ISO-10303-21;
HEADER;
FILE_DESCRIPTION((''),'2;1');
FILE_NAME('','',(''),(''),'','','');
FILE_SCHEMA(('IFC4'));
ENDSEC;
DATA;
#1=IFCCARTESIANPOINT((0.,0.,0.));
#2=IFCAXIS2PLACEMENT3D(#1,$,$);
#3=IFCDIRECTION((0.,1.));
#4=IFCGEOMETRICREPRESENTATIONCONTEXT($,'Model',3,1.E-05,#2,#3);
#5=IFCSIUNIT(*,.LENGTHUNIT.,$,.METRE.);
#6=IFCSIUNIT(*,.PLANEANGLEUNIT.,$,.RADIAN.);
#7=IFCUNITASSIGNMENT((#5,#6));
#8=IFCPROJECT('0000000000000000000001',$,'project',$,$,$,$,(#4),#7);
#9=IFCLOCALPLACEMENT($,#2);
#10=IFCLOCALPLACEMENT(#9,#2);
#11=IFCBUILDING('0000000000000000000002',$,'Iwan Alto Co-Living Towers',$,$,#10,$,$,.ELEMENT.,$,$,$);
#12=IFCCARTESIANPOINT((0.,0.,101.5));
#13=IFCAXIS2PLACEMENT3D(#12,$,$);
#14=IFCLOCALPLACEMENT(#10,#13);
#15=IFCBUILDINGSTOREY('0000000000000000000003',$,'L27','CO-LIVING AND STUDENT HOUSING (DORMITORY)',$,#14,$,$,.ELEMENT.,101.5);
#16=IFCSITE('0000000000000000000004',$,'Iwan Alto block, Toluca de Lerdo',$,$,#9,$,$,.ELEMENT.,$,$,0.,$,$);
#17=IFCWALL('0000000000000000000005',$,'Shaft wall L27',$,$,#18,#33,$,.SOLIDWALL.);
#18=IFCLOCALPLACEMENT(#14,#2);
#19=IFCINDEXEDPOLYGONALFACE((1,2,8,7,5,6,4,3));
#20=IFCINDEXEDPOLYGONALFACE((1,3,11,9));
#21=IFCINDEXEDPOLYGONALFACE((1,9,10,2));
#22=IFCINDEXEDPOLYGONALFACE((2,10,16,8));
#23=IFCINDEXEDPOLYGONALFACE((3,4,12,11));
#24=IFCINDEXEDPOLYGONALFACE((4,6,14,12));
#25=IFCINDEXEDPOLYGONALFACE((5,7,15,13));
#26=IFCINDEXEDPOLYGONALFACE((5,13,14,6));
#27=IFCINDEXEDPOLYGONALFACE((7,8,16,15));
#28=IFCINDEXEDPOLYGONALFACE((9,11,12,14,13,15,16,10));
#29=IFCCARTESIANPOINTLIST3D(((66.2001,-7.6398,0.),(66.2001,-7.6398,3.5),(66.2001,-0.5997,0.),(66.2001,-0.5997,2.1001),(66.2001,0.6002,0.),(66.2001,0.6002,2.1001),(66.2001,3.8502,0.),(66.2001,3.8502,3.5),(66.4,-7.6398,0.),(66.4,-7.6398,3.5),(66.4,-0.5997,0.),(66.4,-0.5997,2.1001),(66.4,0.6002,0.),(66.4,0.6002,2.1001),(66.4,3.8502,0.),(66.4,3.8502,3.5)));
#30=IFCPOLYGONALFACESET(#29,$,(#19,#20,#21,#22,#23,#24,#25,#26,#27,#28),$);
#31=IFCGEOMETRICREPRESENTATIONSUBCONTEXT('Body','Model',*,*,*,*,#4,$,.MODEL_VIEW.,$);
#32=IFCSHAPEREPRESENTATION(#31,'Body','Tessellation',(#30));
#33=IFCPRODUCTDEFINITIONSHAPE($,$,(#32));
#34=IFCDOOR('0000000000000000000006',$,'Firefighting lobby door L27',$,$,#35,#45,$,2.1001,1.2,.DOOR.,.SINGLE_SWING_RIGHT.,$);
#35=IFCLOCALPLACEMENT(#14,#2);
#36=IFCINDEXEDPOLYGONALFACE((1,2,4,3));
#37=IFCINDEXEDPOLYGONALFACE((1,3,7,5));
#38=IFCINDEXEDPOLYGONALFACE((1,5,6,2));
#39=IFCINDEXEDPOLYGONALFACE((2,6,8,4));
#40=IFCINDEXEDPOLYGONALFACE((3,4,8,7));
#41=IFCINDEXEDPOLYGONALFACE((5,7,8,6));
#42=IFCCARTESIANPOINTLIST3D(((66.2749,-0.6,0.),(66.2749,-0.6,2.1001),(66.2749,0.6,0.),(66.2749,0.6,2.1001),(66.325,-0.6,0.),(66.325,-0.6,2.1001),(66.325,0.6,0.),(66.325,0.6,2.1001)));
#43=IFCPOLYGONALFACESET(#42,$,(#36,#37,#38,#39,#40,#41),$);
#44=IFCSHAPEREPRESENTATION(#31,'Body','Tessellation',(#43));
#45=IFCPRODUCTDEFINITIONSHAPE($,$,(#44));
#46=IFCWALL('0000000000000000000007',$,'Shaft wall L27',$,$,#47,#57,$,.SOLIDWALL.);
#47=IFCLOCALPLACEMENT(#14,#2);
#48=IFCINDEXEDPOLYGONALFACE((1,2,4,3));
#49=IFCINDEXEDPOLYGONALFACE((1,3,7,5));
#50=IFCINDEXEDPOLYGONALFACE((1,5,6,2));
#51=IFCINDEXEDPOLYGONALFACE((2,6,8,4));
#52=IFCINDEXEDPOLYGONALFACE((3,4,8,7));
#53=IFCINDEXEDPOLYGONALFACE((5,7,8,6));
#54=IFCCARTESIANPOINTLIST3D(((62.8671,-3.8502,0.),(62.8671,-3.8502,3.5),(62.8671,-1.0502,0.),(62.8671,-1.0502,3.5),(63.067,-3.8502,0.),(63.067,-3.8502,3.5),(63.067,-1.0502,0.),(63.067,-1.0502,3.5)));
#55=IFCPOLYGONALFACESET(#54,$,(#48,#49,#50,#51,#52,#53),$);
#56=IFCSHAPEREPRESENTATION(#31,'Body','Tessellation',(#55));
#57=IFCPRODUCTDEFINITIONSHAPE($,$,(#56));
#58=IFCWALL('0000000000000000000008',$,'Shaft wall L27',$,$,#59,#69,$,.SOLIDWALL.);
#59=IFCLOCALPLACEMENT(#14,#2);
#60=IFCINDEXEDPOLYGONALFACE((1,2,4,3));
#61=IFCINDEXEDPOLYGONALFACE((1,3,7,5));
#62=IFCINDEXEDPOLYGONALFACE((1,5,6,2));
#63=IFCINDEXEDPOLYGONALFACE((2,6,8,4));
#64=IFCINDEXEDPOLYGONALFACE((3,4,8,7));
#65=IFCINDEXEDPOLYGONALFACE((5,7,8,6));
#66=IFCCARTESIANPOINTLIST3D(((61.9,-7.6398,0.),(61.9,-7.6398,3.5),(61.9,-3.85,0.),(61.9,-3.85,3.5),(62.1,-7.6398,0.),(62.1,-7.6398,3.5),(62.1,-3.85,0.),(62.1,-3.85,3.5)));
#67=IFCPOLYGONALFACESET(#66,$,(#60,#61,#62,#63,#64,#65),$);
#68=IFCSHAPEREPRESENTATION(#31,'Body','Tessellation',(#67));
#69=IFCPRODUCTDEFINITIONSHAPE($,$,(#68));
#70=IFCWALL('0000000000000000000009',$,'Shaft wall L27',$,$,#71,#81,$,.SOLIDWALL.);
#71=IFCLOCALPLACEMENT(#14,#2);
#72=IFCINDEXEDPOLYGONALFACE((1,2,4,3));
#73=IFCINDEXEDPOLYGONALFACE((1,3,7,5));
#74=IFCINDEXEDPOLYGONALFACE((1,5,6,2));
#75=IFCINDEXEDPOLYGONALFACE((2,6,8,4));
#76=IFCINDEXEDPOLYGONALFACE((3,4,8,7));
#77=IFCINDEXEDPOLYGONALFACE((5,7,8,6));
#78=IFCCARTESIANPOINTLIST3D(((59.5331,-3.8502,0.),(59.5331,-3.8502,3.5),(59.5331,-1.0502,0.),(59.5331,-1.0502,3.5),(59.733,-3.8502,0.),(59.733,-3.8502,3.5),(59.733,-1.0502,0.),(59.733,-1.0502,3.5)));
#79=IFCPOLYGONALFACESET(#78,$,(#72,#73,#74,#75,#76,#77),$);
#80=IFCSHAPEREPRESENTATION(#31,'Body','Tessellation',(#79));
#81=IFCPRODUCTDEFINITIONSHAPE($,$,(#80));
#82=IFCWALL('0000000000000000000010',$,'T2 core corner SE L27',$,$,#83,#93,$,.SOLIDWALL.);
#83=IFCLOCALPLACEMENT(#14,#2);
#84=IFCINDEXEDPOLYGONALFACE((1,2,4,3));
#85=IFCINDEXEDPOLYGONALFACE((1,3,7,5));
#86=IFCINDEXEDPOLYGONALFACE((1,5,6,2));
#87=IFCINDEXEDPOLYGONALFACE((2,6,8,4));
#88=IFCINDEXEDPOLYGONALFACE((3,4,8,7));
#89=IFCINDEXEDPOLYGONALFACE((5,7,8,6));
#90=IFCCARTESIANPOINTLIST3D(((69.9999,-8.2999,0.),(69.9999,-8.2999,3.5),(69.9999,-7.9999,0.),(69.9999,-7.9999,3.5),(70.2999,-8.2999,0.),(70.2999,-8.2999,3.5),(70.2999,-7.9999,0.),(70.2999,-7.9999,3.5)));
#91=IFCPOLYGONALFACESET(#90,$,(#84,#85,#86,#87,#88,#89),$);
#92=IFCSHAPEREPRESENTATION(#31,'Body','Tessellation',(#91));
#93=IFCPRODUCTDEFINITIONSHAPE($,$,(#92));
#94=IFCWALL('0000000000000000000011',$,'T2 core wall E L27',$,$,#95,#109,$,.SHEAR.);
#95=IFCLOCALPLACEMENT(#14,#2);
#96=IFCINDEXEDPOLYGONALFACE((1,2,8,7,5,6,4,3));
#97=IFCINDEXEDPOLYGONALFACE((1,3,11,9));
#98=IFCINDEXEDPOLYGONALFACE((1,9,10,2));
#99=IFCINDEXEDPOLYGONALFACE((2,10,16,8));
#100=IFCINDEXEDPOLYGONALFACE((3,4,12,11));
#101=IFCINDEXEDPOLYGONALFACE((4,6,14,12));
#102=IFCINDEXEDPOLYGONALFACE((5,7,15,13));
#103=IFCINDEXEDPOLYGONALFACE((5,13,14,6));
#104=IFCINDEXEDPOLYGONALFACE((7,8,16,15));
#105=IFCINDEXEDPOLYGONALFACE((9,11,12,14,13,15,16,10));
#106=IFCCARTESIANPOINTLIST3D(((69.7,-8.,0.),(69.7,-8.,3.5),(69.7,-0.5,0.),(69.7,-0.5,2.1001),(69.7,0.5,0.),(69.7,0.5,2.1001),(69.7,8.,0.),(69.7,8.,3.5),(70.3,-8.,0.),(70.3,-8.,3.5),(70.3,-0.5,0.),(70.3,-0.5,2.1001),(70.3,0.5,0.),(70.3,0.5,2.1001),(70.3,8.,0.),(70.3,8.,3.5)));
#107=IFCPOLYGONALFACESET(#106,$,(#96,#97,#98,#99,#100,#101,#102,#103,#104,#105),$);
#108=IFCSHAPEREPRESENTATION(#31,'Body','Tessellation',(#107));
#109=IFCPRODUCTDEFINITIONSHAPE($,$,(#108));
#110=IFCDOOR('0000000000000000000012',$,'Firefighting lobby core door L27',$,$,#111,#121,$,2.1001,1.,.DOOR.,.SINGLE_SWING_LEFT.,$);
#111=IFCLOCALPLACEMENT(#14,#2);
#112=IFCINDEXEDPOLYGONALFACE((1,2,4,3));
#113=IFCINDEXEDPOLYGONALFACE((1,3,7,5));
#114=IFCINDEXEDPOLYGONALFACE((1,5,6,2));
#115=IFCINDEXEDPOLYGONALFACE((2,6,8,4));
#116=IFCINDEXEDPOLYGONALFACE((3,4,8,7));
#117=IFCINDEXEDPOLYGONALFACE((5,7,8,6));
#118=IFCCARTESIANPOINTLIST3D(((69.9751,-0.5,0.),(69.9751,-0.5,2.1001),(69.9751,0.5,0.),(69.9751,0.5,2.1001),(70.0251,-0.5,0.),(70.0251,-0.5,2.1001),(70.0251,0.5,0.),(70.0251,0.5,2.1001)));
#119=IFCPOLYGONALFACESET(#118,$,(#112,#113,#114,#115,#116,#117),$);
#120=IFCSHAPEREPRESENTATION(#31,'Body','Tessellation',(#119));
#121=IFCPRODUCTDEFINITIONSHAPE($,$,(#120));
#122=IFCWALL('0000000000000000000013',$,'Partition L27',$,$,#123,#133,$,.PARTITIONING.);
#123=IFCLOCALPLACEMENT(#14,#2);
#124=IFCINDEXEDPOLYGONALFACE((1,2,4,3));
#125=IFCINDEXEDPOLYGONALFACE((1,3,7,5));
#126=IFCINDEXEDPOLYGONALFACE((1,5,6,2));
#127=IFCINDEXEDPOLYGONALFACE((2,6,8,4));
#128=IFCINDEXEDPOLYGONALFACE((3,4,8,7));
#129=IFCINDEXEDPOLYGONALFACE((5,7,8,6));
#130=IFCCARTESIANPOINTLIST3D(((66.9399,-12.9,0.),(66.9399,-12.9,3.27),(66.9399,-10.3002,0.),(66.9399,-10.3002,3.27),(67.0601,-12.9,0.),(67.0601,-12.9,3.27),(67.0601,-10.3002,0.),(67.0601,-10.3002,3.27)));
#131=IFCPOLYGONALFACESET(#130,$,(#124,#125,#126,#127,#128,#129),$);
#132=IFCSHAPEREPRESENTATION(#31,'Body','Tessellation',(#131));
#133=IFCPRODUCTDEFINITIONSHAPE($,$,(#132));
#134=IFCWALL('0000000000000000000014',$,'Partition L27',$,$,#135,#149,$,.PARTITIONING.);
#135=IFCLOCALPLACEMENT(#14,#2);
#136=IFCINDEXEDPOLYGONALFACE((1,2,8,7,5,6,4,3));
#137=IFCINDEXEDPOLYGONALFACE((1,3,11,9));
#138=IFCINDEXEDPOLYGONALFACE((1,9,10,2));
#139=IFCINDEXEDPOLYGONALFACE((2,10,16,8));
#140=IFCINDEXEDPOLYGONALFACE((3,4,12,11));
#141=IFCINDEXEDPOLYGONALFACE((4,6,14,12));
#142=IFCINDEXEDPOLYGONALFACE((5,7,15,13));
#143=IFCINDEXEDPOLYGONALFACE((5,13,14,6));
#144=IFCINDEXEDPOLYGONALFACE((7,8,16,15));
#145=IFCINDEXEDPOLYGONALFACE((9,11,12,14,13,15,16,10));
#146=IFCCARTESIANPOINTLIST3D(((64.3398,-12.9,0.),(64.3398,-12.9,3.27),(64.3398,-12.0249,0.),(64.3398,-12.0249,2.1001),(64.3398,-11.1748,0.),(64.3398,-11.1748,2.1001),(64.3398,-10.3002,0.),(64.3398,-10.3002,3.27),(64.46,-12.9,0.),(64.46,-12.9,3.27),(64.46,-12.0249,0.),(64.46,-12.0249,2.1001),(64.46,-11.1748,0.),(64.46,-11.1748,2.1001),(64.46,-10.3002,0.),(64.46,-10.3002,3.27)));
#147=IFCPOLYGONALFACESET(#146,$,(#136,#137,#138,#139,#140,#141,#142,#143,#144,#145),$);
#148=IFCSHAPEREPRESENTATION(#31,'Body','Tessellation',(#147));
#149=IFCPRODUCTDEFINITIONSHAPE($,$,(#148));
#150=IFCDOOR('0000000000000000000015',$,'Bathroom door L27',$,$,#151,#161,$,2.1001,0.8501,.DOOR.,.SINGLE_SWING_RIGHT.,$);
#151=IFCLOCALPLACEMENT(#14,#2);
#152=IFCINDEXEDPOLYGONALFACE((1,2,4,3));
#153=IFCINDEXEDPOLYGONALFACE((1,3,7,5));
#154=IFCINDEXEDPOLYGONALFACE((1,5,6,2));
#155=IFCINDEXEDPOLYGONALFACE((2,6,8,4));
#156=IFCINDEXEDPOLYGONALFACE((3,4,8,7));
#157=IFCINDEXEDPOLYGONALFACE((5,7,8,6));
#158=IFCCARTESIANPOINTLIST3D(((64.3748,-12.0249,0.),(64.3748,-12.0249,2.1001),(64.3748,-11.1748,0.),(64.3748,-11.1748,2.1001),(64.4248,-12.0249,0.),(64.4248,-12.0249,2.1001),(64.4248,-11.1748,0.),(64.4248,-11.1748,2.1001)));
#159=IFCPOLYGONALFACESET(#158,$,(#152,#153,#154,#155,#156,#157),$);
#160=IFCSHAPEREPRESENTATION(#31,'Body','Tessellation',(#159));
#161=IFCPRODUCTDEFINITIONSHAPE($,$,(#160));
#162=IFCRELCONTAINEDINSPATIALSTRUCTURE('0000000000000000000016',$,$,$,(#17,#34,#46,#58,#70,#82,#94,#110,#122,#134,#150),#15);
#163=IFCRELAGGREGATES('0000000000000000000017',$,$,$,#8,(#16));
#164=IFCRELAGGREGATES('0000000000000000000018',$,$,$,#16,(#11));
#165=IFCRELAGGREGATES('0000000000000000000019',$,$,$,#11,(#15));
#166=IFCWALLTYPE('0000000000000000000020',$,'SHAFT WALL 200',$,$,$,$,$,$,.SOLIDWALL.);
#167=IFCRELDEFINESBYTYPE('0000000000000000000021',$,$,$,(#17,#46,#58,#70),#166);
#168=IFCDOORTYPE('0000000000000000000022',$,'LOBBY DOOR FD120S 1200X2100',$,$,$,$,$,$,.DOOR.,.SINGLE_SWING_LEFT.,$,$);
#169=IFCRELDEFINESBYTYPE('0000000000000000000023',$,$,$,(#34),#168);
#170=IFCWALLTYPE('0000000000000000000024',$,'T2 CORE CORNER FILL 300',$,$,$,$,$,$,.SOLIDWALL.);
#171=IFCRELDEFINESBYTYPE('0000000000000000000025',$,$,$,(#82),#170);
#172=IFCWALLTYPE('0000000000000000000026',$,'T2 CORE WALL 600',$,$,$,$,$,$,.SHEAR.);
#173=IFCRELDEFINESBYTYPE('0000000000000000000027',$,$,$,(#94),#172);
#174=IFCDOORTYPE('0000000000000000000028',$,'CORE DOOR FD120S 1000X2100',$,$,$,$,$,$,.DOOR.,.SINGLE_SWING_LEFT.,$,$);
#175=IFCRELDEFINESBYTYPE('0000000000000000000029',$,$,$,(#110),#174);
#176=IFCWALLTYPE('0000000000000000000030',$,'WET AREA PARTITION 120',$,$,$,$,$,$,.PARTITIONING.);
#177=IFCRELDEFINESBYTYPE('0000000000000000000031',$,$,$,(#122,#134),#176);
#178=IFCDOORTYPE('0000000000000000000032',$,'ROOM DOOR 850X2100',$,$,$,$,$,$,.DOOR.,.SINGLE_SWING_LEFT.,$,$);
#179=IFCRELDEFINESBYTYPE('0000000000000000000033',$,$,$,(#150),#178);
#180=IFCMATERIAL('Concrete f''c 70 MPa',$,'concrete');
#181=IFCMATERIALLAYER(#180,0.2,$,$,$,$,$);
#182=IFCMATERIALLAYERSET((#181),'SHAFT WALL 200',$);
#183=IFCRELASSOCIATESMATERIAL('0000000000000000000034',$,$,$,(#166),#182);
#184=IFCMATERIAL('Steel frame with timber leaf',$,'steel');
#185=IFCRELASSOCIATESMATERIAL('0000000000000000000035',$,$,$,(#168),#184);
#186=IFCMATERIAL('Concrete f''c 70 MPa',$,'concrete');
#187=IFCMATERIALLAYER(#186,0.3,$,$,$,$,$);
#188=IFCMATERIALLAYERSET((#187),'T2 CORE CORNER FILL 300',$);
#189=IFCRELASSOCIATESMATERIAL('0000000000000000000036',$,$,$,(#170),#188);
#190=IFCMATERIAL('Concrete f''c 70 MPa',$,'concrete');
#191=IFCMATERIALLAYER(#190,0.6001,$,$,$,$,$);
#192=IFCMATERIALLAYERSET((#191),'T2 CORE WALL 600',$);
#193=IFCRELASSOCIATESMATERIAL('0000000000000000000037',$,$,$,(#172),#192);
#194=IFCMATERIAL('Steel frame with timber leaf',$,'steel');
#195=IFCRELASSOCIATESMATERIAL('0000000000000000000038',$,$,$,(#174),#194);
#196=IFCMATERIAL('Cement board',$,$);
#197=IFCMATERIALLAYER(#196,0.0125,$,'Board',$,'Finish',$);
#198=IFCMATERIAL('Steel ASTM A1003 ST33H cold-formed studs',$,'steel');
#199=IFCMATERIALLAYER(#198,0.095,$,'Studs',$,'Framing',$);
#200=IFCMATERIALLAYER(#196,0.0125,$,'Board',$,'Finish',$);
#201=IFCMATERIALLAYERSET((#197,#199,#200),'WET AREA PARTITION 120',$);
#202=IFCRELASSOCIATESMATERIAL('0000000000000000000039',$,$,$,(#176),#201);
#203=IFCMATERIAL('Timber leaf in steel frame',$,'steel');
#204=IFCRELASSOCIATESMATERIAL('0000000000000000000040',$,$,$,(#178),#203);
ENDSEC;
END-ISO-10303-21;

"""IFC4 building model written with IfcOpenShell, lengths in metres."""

from ifc_helpers import new_model, si_unit, direction, frame, frame_2d, origin, place, context, subcontext, project, spatial, rectangle, extrude, material, layer, layer_set, type_object, element, fill, save


model = new_model("IFC4")

# Units and contexts
model_context = context("Model", 3, precision=1e-05, world=origin(), true_north=direction((0.0, 1.0)))
body_context = subcontext(model_context, "Body", "Model", "MODEL_VIEW")
ifc_project = project(units=[si_unit("LENGTHUNIT", "METRE"), si_unit("PLANEANGLEUNIT", "RADIAN")], contexts=[model_context])

# Site, building, storey
site_placement = place(None, origin())
site = spatial("IfcSite", under=ifc_project, at=site_placement, Name="Iwan Alto block, Toluca de Lerdo", CompositionType="ELEMENT", RefElevation=0.0)
building_placement = place(site_placement, origin())
building = spatial("IfcBuilding", under=site, at=building_placement, Name="Iwan Alto Co-Living Towers", CompositionType="ELEMENT")
storey_placement = place(building_placement, frame((0.0, 0.0, 101.5)))
storey = spatial("IfcBuildingStorey", under=building, at=storey_placement, Name="L27", Description="CO-LIVING AND STUDENT HOUSING (DORMITORY)", CompositionType="ELEMENT", Elevation=101.5)

# Shared definitions
ifc_material_1 = material(Name="Steel ASTM A1003 ST33H cold-formed studs", Category="steel")

# Wall, opening, door
ifc_material_2 = material(Name="Concrete f'c 70 MPa", Category="concrete")
ifc_layer_1 = layer(ifc_material_2, 0.2)
ifc_layer_set_1 = layer_set([ifc_layer_1], Name="SHAFT WALL 200")
wall_type_1 = type_object("IfcWallType", Name="SHAFT WALL 200", PredefinedType="SOLIDWALL", material=ifc_layer_set_1)
wall_1_placement = place(storey_placement, frame((66.3, -7.6399, 0.0), z_axis=(0.0, 0.0, 1.0), x_axis=(0.0, 1.0, 0.0)))
wall_1 = element("IfcWall", 1, at=wall_1_placement, inside=storey, type_object=wall_type_1, Name="Shaft wall L27", PredefinedType="SOLIDWALL", context=body_context, shape_type="SweptSolid", body=[
    extrude(rectangle(XDim=11.49, YDim=0.2, at=frame_2d((5.7451, 0.0))), origin(), (0.0, 0.0, 1.0), 3.5),
])
opening_1_placement = place(wall_1_placement, frame((7.04, 0.0, 0.0)))
opening_1 = element("IfcOpeningElement", 2, at=opening_1_placement, cuts=wall_1, PredefinedType="OPENING", context=body_context, shape_type="SweptSolid", body=[
    extrude(rectangle(XDim=1.2, YDim=2.1001, at=frame_2d((0.6001, 1.05))), frame((0.0, 0.1099, 0.0), z_axis=(0.0, -1.0, 0.0), x_axis=(1.0, 0.0, 0.0)), (0.0, 0.0, 1.0), 0.22),
])
ifc_material_3 = material(Name="Steel frame with timber leaf", Category="steel")
door_type_1 = type_object("IfcDoorType", Name="LOBBY DOOR FD120S 1200X2100", OperationType="SINGLE_SWING_LEFT", PredefinedType="DOOR", material=ifc_material_3)
door_1_placement = place(opening_1_placement, frame((1.2, 0.0, 0.0), z_axis=(0.0, 0.0, 1.0), x_axis=(-1.0, 0.0, 0.0)))
door_1 = element("IfcDoor", 3, at=door_1_placement, inside=storey, type_object=door_type_1, Name="Firefighting lobby door L27", OperationType="SINGLE_SWING_RIGHT", OverallHeight=2.1001, OverallWidth=1.2, PredefinedType="DOOR", context=body_context, shape_type="SweptSolid", body=[
    extrude(rectangle(XDim=1.2, YDim=2.1001, at=frame_2d((0.6001, 1.05))), frame((0.0, 0.0249, 0.0), z_axis=(0.0, -1.0, 0.0), x_axis=(1.0, 0.0, 0.0)), (0.0, 0.0, 1.0), 0.05),
])
fill(opening_1, door_1)

# Walls
wall_2_placement = place(storey_placement, frame((62.967, -3.8501, 0.0), z_axis=(0.0, 0.0, 1.0), x_axis=(0.0, 1.0, 0.0)))
element("IfcWall", 4, at=wall_2_placement, inside=storey, type_object=wall_type_1, Name="Shaft wall L27", PredefinedType="SOLIDWALL", context=body_context, shape_type="SweptSolid", body=[
    extrude(rectangle(XDim=2.8, YDim=0.2, at=frame_2d((1.3999, 0.0))), origin(), (0.0, 0.0, 1.0), 3.5),
])
wall_3_placement = place(storey_placement, frame((62.0, -7.6399, 0.0), z_axis=(0.0, 0.0, 1.0), x_axis=(0.0, 1.0, 0.0)))
element("IfcWall", 5, at=wall_3_placement, inside=storey, type_object=wall_type_1, Name="Shaft wall L27", PredefinedType="SOLIDWALL", context=body_context, shape_type="SweptSolid", body=[
    extrude(rectangle(XDim=3.7898, YDim=0.2, at=frame_2d((1.895, 0.0))), origin(), (0.0, 0.0, 1.0), 3.5),
])
wall_4_placement = place(storey_placement, frame((59.6331, -3.8501, 0.0), z_axis=(0.0, 0.0, 1.0), x_axis=(0.0, 1.0, 0.0)))
element("IfcWall", 6, at=wall_4_placement, inside=storey, type_object=wall_type_1, Name="Shaft wall L27", PredefinedType="SOLIDWALL", context=body_context, shape_type="SweptSolid", body=[
    extrude(rectangle(XDim=2.8, YDim=0.2, at=frame_2d((1.3999, 0.0))), origin(), (0.0, 0.0, 1.0), 3.5),
])
ifc_material_4 = material(Name="Concrete f'c 70 MPa", Category="concrete")
ifc_layer_2 = layer(ifc_material_4, 0.3)
ifc_layer_set_2 = layer_set([ifc_layer_2], Name="T2 CORE CORNER FILL 300")
wall_type_2 = type_object("IfcWallType", Name="T2 CORE CORNER FILL 300", PredefinedType="SOLIDWALL", material=ifc_layer_set_2)
wall_5_placement = place(storey_placement, frame((70.0, -8.1499, 0.0), z_axis=(0.0, 0.0, 1.0), x_axis=(1.0, 0.0, 0.0)))
element("IfcWall", 7, at=wall_5_placement, inside=storey, type_object=wall_type_2, Name="T2 core corner SE L27", PredefinedType="SOLIDWALL", context=body_context, shape_type="SweptSolid", body=[
    extrude(rectangle(XDim=0.3, YDim=0.3, at=frame_2d((0.1499, 0.0))), origin(), (0.0, 0.0, 1.0), 3.5),
])

# Wall, opening, door
ifc_material_5 = material(Name="Concrete f'c 70 MPa", Category="concrete")
ifc_layer_3 = layer(ifc_material_5, 0.6001)
ifc_layer_set_3 = layer_set([ifc_layer_3], Name="T2 CORE WALL 600")
wall_type_3 = type_object("IfcWallType", Name="T2 CORE WALL 600", PredefinedType="SHEAR", material=ifc_layer_set_3)
wall_6_placement = place(storey_placement, frame((70.0, -8.0, 0.0), z_axis=(0.0, 0.0, 1.0), x_axis=(0.0, 1.0, 0.0)))
wall_6 = element("IfcWall", 8, at=wall_6_placement, inside=storey, type_object=wall_type_3, Name="T2 core wall E L27", PredefinedType="SHEAR", context=body_context, shape_type="SweptSolid", body=[
    extrude(rectangle(XDim=16.0, YDim=0.6001, at=frame_2d((8.0, 0.0))), origin(), (0.0, 0.0, 1.0), 3.5),
])
opening_2_placement = place(wall_6_placement, frame((7.5, 0.0, 0.0)))
opening_2 = element("IfcOpeningElement", 9, at=opening_2_placement, cuts=wall_6, PredefinedType="OPENING", context=body_context, shape_type="SweptSolid", body=[
    extrude(rectangle(XDim=1.0, YDim=2.1001, at=frame_2d((0.5, 1.05))), frame((0.0, 0.3101, 0.0), z_axis=(0.0, -1.0, 0.0), x_axis=(1.0, 0.0, 0.0)), (0.0, 0.0, 1.0), 0.6201),
])
ifc_material_6 = material(Name="Steel frame with timber leaf", Category="steel")
door_type_2 = type_object("IfcDoorType", Name="CORE DOOR FD120S 1000X2100", OperationType="SINGLE_SWING_LEFT", PredefinedType="DOOR", material=ifc_material_6)
door_2_placement = place(opening_2_placement, origin())
door_2 = element("IfcDoor", 10, at=door_2_placement, inside=storey, type_object=door_type_2, Name="Firefighting lobby core door L27", OperationType="SINGLE_SWING_LEFT", OverallHeight=2.1001, OverallWidth=1.0, PredefinedType="DOOR", context=body_context, shape_type="SweptSolid", body=[
    extrude(rectangle(XDim=1.0, YDim=2.1001, at=frame_2d((0.5, 1.05))), frame((0.0, 0.0249, 0.0), z_axis=(0.0, -1.0, 0.0), x_axis=(1.0, 0.0, 0.0)), (0.0, 0.0, 1.0), 0.05),
])
fill(opening_2, door_2)

# Wall
ifc_material_7 = material(Name="Cement board")
ifc_layer_4 = layer(ifc_material_7, 0.0125, Name="Board", Category="Finish")
ifc_layer_5 = layer(ifc_material_1, 0.095, Name="Studs", Category="Framing")
ifc_layer_6 = layer(ifc_material_7, 0.0125, Name="Board", Category="Finish")
ifc_layer_set_4 = layer_set([ifc_layer_4, ifc_layer_5, ifc_layer_6], Name="WET AREA PARTITION 120")
wall_type_4 = type_object("IfcWallType", Name="WET AREA PARTITION 120", PredefinedType="PARTITIONING", material=ifc_layer_set_4)
wall_7_placement = place(storey_placement, frame((67.0, -12.8999, 0.0), z_axis=(0.0, 0.0, 1.0), x_axis=(0.0, 1.0, 0.0)))
element("IfcWall", 11, at=wall_7_placement, inside=storey, type_object=wall_type_4, Name="Partition L27", PredefinedType="PARTITIONING", context=body_context, shape_type="SweptSolid", body=[
    extrude(rectangle(XDim=2.5999, YDim=0.1201, at=frame_2d((1.2998, 0.0))), origin(), (0.0, 0.0, 1.0), 3.27),
])

# Wall, opening, door
wall_8_placement = place(storey_placement, frame((64.3999, -12.8999, 0.0), z_axis=(0.0, 0.0, 1.0), x_axis=(0.0, 1.0, 0.0)))
wall_8 = element("IfcWall", 12, at=wall_8_placement, inside=storey, type_object=wall_type_4, Name="Partition L27", PredefinedType="PARTITIONING", context=body_context, shape_type="SweptSolid", body=[
    extrude(rectangle(XDim=2.5999, YDim=0.1201, at=frame_2d((1.2998, 0.0))), origin(), (0.0, 0.0, 1.0), 3.27),
])
opening_3_placement = place(wall_8_placement, frame((0.875, 0.0, 0.0)))
opening_3 = element("IfcOpeningElement", 13, at=opening_3_placement, cuts=wall_8, PredefinedType="OPENING", context=body_context, shape_type="SweptSolid", body=[
    extrude(rectangle(XDim=0.8501, YDim=2.1001, at=frame_2d((0.425, 1.05))), frame((0.0, 0.0701, 0.0), z_axis=(0.0, -1.0, 0.0), x_axis=(1.0, 0.0, 0.0)), (0.0, 0.0, 1.0), 0.1401),
])
ifc_material_8 = material(Name="Timber leaf in steel frame", Category="steel")
door_type_3 = type_object("IfcDoorType", Name="ROOM DOOR 850X2100", OperationType="SINGLE_SWING_LEFT", PredefinedType="DOOR", material=ifc_material_8)
door_3_placement = place(opening_3_placement, frame((0.8501, 0.0, 0.0), z_axis=(0.0, 0.0, 1.0), x_axis=(-1.0, 0.0, 0.0)))
door_3 = element("IfcDoor", 14, at=door_3_placement, inside=storey, type_object=door_type_3, Name="Bathroom door L27", OperationType="SINGLE_SWING_RIGHT", OverallHeight=2.1001, OverallWidth=0.8501, PredefinedType="DOOR", context=body_context, shape_type="SweptSolid", body=[
    extrude(rectangle(XDim=0.8501, YDim=2.1001, at=frame_2d((0.425, 1.05))), frame((0.0, 0.0249, 0.0), z_axis=(0.0, -1.0, 0.0), x_axis=(1.0, 0.0, 0.0)), (0.0, 0.0, 1.0), 0.05),
])
fill(opening_3, door_3)

save(model, "model.ifc")
